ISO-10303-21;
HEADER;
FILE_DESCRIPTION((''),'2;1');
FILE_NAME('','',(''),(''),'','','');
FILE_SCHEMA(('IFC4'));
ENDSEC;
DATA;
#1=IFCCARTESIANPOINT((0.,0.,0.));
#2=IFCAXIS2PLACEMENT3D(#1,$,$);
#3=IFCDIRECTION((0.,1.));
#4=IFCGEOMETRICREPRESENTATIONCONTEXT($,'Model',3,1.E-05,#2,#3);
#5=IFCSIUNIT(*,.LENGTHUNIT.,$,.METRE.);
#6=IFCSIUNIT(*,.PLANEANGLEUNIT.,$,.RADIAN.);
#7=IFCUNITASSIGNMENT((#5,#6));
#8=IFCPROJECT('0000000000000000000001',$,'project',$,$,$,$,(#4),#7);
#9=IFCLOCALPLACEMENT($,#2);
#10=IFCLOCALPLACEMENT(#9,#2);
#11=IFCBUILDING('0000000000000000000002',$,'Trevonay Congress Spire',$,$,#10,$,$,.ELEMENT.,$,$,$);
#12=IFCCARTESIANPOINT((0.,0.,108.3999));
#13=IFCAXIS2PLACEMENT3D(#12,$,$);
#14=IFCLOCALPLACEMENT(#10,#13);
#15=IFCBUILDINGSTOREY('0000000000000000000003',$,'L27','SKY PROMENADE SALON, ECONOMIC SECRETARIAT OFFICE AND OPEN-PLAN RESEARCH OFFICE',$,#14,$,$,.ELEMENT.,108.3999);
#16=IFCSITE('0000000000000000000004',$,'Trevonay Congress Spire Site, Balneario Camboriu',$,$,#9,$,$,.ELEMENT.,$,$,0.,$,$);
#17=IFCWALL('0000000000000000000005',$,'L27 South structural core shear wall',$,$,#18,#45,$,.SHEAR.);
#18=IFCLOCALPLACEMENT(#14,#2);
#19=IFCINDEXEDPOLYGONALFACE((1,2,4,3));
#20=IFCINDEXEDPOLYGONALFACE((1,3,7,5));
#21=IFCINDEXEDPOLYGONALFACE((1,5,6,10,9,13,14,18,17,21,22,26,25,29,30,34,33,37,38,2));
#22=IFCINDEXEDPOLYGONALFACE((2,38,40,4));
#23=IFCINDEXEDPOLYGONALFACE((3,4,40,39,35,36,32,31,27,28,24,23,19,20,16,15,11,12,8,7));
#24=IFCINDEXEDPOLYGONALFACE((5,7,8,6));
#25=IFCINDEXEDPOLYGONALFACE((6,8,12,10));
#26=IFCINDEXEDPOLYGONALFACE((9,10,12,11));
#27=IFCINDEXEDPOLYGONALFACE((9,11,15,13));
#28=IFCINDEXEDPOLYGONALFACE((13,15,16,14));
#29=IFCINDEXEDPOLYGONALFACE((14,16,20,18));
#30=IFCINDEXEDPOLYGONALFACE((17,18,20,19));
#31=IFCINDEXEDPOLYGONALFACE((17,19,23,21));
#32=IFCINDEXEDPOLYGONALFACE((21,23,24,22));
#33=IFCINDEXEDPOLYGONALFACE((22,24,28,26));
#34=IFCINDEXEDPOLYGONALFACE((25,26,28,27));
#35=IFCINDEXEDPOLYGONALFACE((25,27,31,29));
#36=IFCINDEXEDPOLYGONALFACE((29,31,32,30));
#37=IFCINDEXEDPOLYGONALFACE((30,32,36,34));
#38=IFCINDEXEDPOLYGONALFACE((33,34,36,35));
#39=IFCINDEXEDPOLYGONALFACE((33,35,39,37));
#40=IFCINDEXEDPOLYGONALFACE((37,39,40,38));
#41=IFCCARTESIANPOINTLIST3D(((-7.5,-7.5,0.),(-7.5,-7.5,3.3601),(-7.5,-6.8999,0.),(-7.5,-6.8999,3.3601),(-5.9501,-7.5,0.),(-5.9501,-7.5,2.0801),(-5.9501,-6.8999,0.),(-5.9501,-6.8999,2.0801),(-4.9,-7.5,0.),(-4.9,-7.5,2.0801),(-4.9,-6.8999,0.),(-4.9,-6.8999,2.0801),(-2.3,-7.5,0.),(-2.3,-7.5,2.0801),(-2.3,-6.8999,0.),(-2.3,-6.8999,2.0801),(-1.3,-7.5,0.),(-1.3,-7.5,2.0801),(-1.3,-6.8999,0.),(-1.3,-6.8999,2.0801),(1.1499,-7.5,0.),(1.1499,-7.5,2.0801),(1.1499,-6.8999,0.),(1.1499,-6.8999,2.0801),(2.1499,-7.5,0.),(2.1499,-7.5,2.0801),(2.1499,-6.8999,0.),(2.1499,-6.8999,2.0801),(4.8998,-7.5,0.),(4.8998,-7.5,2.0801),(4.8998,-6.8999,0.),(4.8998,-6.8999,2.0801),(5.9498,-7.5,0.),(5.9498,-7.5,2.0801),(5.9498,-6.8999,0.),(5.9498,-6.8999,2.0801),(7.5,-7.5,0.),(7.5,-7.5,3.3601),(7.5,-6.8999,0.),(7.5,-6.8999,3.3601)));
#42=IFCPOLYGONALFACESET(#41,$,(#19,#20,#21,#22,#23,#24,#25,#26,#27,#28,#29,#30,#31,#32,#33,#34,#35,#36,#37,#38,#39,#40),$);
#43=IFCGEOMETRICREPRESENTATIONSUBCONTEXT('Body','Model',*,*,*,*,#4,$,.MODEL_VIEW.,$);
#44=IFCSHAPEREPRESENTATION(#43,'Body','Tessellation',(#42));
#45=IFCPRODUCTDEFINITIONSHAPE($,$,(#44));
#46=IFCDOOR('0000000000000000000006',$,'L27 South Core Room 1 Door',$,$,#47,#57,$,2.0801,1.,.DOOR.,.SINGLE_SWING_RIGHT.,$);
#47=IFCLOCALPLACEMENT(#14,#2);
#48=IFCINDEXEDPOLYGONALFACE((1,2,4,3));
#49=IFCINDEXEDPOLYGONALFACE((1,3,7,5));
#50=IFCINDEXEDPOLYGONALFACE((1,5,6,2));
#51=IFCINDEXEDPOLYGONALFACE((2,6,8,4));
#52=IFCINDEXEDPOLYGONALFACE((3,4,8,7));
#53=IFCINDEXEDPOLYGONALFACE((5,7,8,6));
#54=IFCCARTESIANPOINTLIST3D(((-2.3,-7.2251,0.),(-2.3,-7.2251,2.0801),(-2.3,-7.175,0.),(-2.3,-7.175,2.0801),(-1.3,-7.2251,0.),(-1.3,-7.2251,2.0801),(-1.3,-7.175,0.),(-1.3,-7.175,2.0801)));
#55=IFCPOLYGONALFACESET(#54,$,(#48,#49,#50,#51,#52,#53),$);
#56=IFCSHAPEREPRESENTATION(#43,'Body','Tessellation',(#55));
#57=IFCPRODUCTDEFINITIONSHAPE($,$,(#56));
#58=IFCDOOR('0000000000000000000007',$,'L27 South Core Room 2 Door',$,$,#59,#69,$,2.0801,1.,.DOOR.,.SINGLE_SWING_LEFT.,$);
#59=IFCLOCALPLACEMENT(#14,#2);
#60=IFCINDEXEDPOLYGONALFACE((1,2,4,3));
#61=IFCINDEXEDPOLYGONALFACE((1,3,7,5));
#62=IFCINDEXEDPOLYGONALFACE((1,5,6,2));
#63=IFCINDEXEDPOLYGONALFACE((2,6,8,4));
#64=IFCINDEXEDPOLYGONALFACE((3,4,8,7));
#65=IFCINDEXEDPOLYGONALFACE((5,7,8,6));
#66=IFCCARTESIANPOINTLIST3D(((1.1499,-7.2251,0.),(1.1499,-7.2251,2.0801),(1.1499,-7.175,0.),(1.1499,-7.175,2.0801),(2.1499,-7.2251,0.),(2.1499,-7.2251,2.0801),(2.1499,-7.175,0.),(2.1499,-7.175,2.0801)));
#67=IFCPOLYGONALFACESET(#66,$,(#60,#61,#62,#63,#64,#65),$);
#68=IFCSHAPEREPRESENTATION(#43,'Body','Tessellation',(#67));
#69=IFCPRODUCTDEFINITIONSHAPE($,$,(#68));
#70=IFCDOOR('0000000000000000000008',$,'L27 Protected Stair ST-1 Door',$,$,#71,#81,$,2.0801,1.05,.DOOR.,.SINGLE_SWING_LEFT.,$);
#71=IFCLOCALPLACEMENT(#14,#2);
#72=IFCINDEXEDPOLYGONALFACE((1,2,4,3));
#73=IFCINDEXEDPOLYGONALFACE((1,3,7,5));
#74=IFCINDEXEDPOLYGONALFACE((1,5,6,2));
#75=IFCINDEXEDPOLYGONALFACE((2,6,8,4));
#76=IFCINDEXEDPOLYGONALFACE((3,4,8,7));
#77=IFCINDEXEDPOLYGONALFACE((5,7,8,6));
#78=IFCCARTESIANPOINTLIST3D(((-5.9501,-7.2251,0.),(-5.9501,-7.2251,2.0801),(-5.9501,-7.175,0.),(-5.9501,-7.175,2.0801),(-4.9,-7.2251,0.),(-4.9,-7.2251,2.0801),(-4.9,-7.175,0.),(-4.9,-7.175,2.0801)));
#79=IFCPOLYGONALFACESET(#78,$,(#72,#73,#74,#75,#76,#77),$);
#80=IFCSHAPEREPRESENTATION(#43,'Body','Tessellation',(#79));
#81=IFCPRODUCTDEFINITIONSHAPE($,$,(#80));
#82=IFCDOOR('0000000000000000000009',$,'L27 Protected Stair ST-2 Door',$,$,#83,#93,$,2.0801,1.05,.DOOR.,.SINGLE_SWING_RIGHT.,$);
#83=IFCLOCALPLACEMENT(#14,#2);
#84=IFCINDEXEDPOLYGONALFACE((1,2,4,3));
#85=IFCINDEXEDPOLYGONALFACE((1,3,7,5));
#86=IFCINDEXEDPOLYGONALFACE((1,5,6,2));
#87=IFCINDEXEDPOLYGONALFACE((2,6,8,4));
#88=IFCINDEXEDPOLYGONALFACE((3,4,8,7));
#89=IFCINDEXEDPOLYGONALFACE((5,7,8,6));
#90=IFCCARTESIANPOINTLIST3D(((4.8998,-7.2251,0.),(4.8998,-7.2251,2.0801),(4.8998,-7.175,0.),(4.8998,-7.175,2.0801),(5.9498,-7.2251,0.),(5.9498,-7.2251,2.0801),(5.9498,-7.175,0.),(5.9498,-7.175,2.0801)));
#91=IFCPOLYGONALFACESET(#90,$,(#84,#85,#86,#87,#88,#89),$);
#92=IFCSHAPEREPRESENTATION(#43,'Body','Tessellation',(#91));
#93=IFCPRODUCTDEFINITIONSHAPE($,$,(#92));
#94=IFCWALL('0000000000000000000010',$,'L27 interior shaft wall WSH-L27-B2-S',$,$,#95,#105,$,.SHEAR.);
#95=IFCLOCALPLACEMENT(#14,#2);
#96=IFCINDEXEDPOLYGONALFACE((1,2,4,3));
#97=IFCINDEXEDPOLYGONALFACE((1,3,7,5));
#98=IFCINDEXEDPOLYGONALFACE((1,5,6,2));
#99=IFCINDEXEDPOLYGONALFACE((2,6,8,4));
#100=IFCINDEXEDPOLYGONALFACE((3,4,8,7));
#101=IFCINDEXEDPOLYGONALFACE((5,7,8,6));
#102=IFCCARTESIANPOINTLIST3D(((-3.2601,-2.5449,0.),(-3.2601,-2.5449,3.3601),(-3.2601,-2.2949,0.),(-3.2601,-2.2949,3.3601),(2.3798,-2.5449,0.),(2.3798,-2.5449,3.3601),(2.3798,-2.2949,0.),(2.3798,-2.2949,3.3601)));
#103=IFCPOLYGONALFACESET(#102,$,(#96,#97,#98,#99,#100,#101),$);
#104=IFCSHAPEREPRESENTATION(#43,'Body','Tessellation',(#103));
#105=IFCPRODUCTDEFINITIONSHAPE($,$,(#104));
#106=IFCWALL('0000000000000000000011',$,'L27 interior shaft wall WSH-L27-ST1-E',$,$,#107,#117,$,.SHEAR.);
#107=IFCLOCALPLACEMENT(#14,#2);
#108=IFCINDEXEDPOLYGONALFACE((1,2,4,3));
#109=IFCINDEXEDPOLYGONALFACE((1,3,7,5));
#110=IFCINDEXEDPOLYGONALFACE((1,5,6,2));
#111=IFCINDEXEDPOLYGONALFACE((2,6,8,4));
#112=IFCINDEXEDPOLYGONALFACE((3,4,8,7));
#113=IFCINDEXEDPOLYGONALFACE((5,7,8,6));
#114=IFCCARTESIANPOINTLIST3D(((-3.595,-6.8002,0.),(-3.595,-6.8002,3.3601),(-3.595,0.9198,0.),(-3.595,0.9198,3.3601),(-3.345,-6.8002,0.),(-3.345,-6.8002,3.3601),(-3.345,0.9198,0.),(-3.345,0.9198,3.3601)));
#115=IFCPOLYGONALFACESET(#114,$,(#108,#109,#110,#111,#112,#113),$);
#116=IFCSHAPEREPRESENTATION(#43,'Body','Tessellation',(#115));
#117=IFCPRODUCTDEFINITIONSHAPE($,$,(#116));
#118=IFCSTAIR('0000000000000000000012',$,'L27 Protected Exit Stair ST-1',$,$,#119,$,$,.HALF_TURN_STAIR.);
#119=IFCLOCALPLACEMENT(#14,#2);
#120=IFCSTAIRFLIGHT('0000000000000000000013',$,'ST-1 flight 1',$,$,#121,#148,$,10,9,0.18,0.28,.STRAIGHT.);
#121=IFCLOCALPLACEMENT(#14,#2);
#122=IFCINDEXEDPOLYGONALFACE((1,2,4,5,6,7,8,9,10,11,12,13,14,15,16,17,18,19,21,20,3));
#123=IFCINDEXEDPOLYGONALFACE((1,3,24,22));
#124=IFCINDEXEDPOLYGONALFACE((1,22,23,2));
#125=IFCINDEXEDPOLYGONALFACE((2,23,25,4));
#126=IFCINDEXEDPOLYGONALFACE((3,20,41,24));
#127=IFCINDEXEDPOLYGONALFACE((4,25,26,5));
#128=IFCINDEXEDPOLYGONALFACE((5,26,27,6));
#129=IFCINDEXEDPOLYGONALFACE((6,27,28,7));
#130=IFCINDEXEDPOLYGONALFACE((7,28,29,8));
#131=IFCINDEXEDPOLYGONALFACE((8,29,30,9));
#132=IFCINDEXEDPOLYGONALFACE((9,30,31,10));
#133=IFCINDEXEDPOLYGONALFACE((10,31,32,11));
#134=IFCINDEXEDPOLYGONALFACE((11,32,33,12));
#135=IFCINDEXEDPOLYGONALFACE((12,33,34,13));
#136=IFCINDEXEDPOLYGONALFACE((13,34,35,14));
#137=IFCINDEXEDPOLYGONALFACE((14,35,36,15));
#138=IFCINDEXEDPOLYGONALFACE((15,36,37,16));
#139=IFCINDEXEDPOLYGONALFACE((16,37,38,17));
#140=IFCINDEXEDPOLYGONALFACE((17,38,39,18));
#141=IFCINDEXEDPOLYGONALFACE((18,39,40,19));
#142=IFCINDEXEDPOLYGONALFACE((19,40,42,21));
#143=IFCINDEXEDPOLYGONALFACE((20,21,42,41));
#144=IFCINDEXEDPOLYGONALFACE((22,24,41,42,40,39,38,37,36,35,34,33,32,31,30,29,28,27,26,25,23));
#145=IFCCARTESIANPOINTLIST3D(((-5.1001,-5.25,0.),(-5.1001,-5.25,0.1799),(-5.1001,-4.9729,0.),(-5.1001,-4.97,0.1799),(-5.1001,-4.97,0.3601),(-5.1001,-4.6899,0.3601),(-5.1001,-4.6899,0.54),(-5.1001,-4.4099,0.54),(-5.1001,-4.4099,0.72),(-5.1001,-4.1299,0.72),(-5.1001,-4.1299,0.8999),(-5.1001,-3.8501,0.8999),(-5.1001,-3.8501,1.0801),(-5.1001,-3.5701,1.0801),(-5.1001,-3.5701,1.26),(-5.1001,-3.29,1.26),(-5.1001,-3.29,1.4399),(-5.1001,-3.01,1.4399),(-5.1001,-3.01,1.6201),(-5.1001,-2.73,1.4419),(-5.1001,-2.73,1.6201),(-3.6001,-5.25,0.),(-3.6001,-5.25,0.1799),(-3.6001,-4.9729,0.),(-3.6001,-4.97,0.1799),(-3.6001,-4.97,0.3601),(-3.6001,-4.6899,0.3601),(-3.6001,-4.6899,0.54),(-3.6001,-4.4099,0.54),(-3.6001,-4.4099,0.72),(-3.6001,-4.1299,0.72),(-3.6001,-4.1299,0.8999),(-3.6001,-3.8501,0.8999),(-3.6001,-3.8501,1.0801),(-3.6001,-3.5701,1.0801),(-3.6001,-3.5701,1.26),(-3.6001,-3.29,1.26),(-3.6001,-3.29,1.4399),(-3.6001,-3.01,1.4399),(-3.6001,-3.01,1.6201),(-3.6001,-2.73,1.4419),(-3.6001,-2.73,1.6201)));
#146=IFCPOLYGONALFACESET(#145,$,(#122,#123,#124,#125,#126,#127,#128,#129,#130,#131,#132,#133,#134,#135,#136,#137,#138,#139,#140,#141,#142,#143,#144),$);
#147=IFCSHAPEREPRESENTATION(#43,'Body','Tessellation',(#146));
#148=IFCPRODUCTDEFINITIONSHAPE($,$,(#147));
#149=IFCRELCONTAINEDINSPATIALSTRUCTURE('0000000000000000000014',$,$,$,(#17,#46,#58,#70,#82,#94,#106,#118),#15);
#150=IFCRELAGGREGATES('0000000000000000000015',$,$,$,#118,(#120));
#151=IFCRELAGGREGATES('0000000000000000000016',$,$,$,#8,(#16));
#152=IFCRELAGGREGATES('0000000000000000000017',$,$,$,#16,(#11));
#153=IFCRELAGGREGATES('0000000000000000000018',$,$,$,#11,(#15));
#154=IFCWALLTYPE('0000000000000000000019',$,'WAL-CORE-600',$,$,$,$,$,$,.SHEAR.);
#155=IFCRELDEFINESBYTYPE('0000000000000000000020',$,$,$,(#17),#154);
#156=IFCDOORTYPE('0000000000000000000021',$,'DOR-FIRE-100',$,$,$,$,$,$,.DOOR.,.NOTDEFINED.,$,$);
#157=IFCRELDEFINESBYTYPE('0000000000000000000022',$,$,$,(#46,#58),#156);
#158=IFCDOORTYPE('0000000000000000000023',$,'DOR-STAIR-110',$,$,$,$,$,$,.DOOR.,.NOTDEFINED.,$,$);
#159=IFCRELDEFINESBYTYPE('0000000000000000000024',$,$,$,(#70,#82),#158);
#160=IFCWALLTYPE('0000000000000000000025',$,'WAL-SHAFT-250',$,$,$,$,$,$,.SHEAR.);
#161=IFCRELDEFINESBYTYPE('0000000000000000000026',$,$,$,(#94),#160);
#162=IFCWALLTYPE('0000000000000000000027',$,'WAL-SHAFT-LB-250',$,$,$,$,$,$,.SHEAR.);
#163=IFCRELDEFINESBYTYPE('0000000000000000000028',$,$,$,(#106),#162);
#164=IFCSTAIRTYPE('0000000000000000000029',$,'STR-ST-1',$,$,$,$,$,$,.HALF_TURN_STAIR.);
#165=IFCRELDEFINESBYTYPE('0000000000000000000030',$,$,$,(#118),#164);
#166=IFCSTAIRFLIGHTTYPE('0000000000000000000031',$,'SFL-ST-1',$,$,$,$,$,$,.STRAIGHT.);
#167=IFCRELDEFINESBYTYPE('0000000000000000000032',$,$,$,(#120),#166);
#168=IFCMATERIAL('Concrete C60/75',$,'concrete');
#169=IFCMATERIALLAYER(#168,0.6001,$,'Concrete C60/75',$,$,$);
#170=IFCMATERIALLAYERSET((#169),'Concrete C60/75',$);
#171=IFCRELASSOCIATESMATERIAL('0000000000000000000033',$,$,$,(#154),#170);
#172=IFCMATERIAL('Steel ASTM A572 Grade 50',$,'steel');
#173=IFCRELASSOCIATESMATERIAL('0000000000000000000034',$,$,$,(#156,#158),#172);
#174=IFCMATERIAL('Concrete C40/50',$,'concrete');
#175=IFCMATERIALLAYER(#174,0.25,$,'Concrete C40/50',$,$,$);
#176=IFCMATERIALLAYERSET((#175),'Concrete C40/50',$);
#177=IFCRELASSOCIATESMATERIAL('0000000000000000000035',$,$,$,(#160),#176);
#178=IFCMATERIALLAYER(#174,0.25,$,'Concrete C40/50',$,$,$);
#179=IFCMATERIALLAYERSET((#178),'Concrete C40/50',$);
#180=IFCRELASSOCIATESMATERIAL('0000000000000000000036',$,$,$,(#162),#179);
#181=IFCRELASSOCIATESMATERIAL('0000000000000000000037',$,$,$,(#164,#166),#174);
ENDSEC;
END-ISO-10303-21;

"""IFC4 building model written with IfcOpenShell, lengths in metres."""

from ifc_helpers import new_model, si_unit, direction, frame, frame_2d, origin, place, context, subcontext, project, spatial, polyline, rectangle, outline, extrude, material, layer, layer_set, type_object, element, fill, aggregate, save


model = new_model("IFC4")

# Units and contexts
model_context = context("Model", 3, precision=1e-05, world=origin(), true_north=direction((0.0, 1.0)))
body_context = subcontext(model_context, "Body", "Model", "MODEL_VIEW")
ifc_project = project(units=[si_unit("LENGTHUNIT", "METRE"), si_unit("PLANEANGLEUNIT", "RADIAN")], contexts=[model_context])

# Site, building, storey
site_placement = place(None, origin())
site = spatial("IfcSite", under=ifc_project, at=site_placement, Name="Trevonay Congress Spire Site, Balneario Camboriu", CompositionType="ELEMENT", RefElevation=0.0)
building_placement = place(site_placement, origin())
building = spatial("IfcBuilding", under=site, at=building_placement, Name="Trevonay Congress Spire", CompositionType="ELEMENT")
storey_placement = place(building_placement, frame((0.0, 0.0, 108.3999)))
storey = spatial("IfcBuildingStorey", under=building, at=storey_placement, Name="L27", Description="SKY PROMENADE SALON, ECONOMIC SECRETARIAT OFFICE AND OPEN-PLAN RESEARCH OFFICE", CompositionType="ELEMENT", Elevation=108.3999)

# Shared definitions
ifc_material_1 = material(Name="Steel ASTM A572 Grade 50", Category="steel")

# Shared definitions
ifc_material_2 = material(Name="Concrete C40/50", Category="concrete")

# Wall, openings, doors
ifc_material_3 = material(Name="Concrete C60/75", Category="concrete")
ifc_layer_1 = layer(ifc_material_3, 0.6001, Name="Concrete C60/75")
ifc_layer_set_1 = layer_set([ifc_layer_1], Name="Concrete C60/75")
wall_type_1 = type_object("IfcWallType", Name="WAL-CORE-600", PredefinedType="SHEAR", material=ifc_layer_set_1)
wall_1_placement = place(storey_placement, frame((-7.5, -7.2, 0.0), z_axis=(0.0, 0.0, 1.0), x_axis=(1.0, 0.0, 0.0)))
wall_1 = element("IfcWall", 1, at=wall_1_placement, inside=storey, type_object=wall_type_1, Name="L27 South structural core shear wall", PredefinedType="SHEAR", context=body_context, shape_type="SweptSolid", body=[
    extrude(rectangle(XDim=15.0, YDim=0.6001, at=frame_2d((7.5, 0.0))), origin(), (0.0, 0.0, 1.0), 3.3601),
])
opening_1_placement = place(wall_1_placement, frame((1.55, 0.0, 0.0)))
opening_1 = element("IfcOpeningElement", 2, at=opening_1_placement, cuts=wall_1, PredefinedType="OPENING", context=body_context, shape_type="SweptSolid", body=[
    extrude(rectangle(XDim=1.05, YDim=2.0801, at=frame_2d((0.5249, 1.04))), frame((0.0, 0.3101, 0.0), z_axis=(0.0, -1.0, 0.0), x_axis=(1.0, 0.0, 0.0)), (0.0, 0.0, 1.0), 0.6201),
])
opening_2_placement = place(wall_1_placement, frame((12.3999, 0.0, 0.0)))
opening_2 = element("IfcOpeningElement", 3, at=opening_2_placement, cuts=wall_1, PredefinedType="OPENING", context=body_context, shape_type="SweptSolid", body=[
    extrude(rectangle(XDim=1.05, YDim=2.0801, at=frame_2d((0.5249, 1.04))), frame((0.0, 0.3101, 0.0), z_axis=(0.0, -1.0, 0.0), x_axis=(1.0, 0.0, 0.0)), (0.0, 0.0, 1.0), 0.6201),
])
opening_3_placement = place(wall_1_placement, frame((5.2, 0.0, 0.0)))
opening_3 = element("IfcOpeningElement", 4, at=opening_3_placement, cuts=wall_1, PredefinedType="OPENING", context=body_context, shape_type="SweptSolid", body=[
    extrude(rectangle(XDim=1.0, YDim=2.0801, at=frame_2d((0.5, 1.04))), frame((0.0, 0.3101, 0.0), z_axis=(0.0, -1.0, 0.0), x_axis=(1.0, 0.0, 0.0)), (0.0, 0.0, 1.0), 0.6201),
])
opening_4_placement = place(wall_1_placement, frame((8.6499, 0.0, 0.0)))
opening_4 = element("IfcOpeningElement", 5, at=opening_4_placement, cuts=wall_1, PredefinedType="OPENING", context=body_context, shape_type="SweptSolid", body=[
    extrude(rectangle(XDim=1.0, YDim=2.0801, at=frame_2d((0.5, 1.04))), frame((0.0, 0.3101, 0.0), z_axis=(0.0, -1.0, 0.0), x_axis=(1.0, 0.0, 0.0)), (0.0, 0.0, 1.0), 0.6201),
])
door_type_1 = type_object("IfcDoorType", Name="DOR-FIRE-100", OperationType="NOTDEFINED", PredefinedType="DOOR", material=ifc_material_1)
door_1_placement = place(opening_3_placement, origin())
door_1 = element("IfcDoor", 6, at=door_1_placement, inside=storey, type_object=door_type_1, Name="L27 South Core Room 1 Door", OperationType="SINGLE_SWING_RIGHT", OverallHeight=2.0801, OverallWidth=1.0, PredefinedType="DOOR", context=body_context, shape_type="SweptSolid", body=[
    extrude(rectangle(XDim=1.0, YDim=2.0801, at=frame_2d((0.5, 1.04))), frame((0.0, 0.0249, 0.0), z_axis=(0.0, -1.0, 0.0), x_axis=(1.0, 0.0, 0.0)), (0.0, 0.0, 1.0), 0.05),
])
fill(opening_3, door_1)
door_2_placement = place(opening_4_placement, origin())
door_2 = element("IfcDoor", 7, at=door_2_placement, inside=storey, type_object=door_type_1, Name="L27 South Core Room 2 Door", OperationType="SINGLE_SWING_LEFT", OverallHeight=2.0801, OverallWidth=1.0, PredefinedType="DOOR", context=body_context, shape_type="SweptSolid", body=[
    extrude(rectangle(XDim=1.0, YDim=2.0801, at=frame_2d((0.5, 1.04))), frame((0.0, 0.0249, 0.0), z_axis=(0.0, -1.0, 0.0), x_axis=(1.0, 0.0, 0.0)), (0.0, 0.0, 1.0), 0.05),
])
fill(opening_4, door_2)
door_type_2 = type_object("IfcDoorType", Name="DOR-STAIR-110", OperationType="NOTDEFINED", PredefinedType="DOOR", material=ifc_material_1)
door_3_placement = place(opening_1_placement, origin())
door_3 = element("IfcDoor", 8, at=door_3_placement, inside=storey, type_object=door_type_2, Name="L27 Protected Stair ST-1 Door", OperationType="SINGLE_SWING_LEFT", OverallHeight=2.0801, OverallWidth=1.05, PredefinedType="DOOR", context=body_context, shape_type="SweptSolid", body=[
    extrude(rectangle(XDim=1.05, YDim=2.0801, at=frame_2d((0.5249, 1.04))), frame((0.0, 0.0249, 0.0), z_axis=(0.0, -1.0, 0.0), x_axis=(1.0, 0.0, 0.0)), (0.0, 0.0, 1.0), 0.05),
])
fill(opening_1, door_3)
door_4_placement = place(opening_2_placement, origin())
door_4 = element("IfcDoor", 9, at=door_4_placement, inside=storey, type_object=door_type_2, Name="L27 Protected Stair ST-2 Door", OperationType="SINGLE_SWING_RIGHT", OverallHeight=2.0801, OverallWidth=1.05, PredefinedType="DOOR", context=body_context, shape_type="SweptSolid", body=[
    extrude(rectangle(XDim=1.05, YDim=2.0801, at=frame_2d((0.5249, 1.04))), frame((0.0, 0.0249, 0.0), z_axis=(0.0, -1.0, 0.0), x_axis=(1.0, 0.0, 0.0)), (0.0, 0.0, 1.0), 0.05),
])
fill(opening_2, door_4)

# Walls
ifc_layer_2 = layer(ifc_material_2, 0.25, Name="Concrete C40/50")
ifc_layer_set_2 = layer_set([ifc_layer_2], Name="Concrete C40/50")
wall_type_2 = type_object("IfcWallType", Name="WAL-SHAFT-250", PredefinedType="SHEAR", material=ifc_layer_set_2)
wall_2_placement = place(storey_placement, frame((-3.26, -2.4199, 0.0), z_axis=(0.0, 0.0, 1.0), x_axis=(1.0, 0.0, 0.0)))
element("IfcWall", 10, at=wall_2_placement, inside=storey, type_object=wall_type_2, Name="L27 interior shaft wall WSH-L27-B2-S", PredefinedType="SHEAR", context=body_context, shape_type="SweptSolid", body=[
    extrude(rectangle(XDim=5.6399, YDim=0.25, at=frame_2d((2.8198, 0.0))), origin(), (0.0, 0.0, 1.0), 3.3601),
])
ifc_layer_3 = layer(ifc_material_2, 0.25, Name="Concrete C40/50")
ifc_layer_set_3 = layer_set([ifc_layer_3], Name="Concrete C40/50")
wall_type_3 = type_object("IfcWallType", Name="WAL-SHAFT-LB-250", PredefinedType="SHEAR", material=ifc_layer_set_3)
wall_3_placement = place(storey_placement, frame((-3.47, -6.8, 0.0), z_axis=(0.0, 0.0, 1.0), x_axis=(0.0, 1.0, 0.0)))
element("IfcWall", 11, at=wall_3_placement, inside=storey, type_object=wall_type_3, Name="L27 interior shaft wall WSH-L27-ST1-E", PredefinedType="SHEAR", context=body_context, shape_type="SweptSolid", body=[
    extrude(rectangle(XDim=7.72, YDim=0.25, at=frame_2d((3.8599, 0.0))), origin(), (0.0, 0.0, 1.0), 3.3601),
])

# Stair, stair flight
stair_type = type_object("IfcStairType", Name="STR-ST-1", PredefinedType="HALF_TURN_STAIR", material=ifc_material_2)
stair_placement = place(storey_placement, origin())
stair = element("IfcStair", 12, at=stair_placement, inside=storey, type_object=stair_type, Name="L27 Protected Exit Stair ST-1", PredefinedType="HALF_TURN_STAIR")
stair_flight_type = type_object("IfcStairFlightType", Name="SFL-ST-1", PredefinedType="STRAIGHT", material=ifc_material_2)
stair_flight_1_placement = place(storey_placement, frame((-4.3501, -5.25, 0.0), z_axis=(0.0, 0.0, 1.0), x_axis=(0.0, 1.0, 0.0)))
stair_flight_1 = element("IfcStairFlight", 13, at=stair_flight_1_placement, type_object=stair_flight_type, Name="ST-1 flight 1", NumberOfRisers=10, NumberOfTreads=9, PredefinedType="STRAIGHT", RiserHeight=0.18, TreadLength=0.28, context=body_context, shape_type="SweptSolid", body=[
    extrude(outline(polyline([(0.0, 0.0), (0.0, 0.1799), (0.28, 0.1799), (0.28, 0.3601), (0.5601, 0.3601), (0.5601, 0.54), (0.8401, 0.54), (0.8401, 0.72), (1.1201, 0.72), (1.1201, 0.8999), (1.3999, 0.8999), (1.3999, 1.0801), (1.6799, 1.0801), (1.6799, 1.26), (1.96, 1.26), (1.96, 1.4399), (2.24, 1.4399), (2.24, 1.6201), (2.52, 1.6201), (2.52, 1.8), (2.52, 1.4419), (0.2771, 0.0), (0.0, 0.0)])), frame((0.0, 0.75, 0.0), z_axis=(0.0, -1.0, 0.0), x_axis=(1.0, 0.0, 0.0)), (0.0, 0.0, 1.0), 1.5),
])
aggregate(stair, [stair_flight_1])

save(model, "model.ifc")
